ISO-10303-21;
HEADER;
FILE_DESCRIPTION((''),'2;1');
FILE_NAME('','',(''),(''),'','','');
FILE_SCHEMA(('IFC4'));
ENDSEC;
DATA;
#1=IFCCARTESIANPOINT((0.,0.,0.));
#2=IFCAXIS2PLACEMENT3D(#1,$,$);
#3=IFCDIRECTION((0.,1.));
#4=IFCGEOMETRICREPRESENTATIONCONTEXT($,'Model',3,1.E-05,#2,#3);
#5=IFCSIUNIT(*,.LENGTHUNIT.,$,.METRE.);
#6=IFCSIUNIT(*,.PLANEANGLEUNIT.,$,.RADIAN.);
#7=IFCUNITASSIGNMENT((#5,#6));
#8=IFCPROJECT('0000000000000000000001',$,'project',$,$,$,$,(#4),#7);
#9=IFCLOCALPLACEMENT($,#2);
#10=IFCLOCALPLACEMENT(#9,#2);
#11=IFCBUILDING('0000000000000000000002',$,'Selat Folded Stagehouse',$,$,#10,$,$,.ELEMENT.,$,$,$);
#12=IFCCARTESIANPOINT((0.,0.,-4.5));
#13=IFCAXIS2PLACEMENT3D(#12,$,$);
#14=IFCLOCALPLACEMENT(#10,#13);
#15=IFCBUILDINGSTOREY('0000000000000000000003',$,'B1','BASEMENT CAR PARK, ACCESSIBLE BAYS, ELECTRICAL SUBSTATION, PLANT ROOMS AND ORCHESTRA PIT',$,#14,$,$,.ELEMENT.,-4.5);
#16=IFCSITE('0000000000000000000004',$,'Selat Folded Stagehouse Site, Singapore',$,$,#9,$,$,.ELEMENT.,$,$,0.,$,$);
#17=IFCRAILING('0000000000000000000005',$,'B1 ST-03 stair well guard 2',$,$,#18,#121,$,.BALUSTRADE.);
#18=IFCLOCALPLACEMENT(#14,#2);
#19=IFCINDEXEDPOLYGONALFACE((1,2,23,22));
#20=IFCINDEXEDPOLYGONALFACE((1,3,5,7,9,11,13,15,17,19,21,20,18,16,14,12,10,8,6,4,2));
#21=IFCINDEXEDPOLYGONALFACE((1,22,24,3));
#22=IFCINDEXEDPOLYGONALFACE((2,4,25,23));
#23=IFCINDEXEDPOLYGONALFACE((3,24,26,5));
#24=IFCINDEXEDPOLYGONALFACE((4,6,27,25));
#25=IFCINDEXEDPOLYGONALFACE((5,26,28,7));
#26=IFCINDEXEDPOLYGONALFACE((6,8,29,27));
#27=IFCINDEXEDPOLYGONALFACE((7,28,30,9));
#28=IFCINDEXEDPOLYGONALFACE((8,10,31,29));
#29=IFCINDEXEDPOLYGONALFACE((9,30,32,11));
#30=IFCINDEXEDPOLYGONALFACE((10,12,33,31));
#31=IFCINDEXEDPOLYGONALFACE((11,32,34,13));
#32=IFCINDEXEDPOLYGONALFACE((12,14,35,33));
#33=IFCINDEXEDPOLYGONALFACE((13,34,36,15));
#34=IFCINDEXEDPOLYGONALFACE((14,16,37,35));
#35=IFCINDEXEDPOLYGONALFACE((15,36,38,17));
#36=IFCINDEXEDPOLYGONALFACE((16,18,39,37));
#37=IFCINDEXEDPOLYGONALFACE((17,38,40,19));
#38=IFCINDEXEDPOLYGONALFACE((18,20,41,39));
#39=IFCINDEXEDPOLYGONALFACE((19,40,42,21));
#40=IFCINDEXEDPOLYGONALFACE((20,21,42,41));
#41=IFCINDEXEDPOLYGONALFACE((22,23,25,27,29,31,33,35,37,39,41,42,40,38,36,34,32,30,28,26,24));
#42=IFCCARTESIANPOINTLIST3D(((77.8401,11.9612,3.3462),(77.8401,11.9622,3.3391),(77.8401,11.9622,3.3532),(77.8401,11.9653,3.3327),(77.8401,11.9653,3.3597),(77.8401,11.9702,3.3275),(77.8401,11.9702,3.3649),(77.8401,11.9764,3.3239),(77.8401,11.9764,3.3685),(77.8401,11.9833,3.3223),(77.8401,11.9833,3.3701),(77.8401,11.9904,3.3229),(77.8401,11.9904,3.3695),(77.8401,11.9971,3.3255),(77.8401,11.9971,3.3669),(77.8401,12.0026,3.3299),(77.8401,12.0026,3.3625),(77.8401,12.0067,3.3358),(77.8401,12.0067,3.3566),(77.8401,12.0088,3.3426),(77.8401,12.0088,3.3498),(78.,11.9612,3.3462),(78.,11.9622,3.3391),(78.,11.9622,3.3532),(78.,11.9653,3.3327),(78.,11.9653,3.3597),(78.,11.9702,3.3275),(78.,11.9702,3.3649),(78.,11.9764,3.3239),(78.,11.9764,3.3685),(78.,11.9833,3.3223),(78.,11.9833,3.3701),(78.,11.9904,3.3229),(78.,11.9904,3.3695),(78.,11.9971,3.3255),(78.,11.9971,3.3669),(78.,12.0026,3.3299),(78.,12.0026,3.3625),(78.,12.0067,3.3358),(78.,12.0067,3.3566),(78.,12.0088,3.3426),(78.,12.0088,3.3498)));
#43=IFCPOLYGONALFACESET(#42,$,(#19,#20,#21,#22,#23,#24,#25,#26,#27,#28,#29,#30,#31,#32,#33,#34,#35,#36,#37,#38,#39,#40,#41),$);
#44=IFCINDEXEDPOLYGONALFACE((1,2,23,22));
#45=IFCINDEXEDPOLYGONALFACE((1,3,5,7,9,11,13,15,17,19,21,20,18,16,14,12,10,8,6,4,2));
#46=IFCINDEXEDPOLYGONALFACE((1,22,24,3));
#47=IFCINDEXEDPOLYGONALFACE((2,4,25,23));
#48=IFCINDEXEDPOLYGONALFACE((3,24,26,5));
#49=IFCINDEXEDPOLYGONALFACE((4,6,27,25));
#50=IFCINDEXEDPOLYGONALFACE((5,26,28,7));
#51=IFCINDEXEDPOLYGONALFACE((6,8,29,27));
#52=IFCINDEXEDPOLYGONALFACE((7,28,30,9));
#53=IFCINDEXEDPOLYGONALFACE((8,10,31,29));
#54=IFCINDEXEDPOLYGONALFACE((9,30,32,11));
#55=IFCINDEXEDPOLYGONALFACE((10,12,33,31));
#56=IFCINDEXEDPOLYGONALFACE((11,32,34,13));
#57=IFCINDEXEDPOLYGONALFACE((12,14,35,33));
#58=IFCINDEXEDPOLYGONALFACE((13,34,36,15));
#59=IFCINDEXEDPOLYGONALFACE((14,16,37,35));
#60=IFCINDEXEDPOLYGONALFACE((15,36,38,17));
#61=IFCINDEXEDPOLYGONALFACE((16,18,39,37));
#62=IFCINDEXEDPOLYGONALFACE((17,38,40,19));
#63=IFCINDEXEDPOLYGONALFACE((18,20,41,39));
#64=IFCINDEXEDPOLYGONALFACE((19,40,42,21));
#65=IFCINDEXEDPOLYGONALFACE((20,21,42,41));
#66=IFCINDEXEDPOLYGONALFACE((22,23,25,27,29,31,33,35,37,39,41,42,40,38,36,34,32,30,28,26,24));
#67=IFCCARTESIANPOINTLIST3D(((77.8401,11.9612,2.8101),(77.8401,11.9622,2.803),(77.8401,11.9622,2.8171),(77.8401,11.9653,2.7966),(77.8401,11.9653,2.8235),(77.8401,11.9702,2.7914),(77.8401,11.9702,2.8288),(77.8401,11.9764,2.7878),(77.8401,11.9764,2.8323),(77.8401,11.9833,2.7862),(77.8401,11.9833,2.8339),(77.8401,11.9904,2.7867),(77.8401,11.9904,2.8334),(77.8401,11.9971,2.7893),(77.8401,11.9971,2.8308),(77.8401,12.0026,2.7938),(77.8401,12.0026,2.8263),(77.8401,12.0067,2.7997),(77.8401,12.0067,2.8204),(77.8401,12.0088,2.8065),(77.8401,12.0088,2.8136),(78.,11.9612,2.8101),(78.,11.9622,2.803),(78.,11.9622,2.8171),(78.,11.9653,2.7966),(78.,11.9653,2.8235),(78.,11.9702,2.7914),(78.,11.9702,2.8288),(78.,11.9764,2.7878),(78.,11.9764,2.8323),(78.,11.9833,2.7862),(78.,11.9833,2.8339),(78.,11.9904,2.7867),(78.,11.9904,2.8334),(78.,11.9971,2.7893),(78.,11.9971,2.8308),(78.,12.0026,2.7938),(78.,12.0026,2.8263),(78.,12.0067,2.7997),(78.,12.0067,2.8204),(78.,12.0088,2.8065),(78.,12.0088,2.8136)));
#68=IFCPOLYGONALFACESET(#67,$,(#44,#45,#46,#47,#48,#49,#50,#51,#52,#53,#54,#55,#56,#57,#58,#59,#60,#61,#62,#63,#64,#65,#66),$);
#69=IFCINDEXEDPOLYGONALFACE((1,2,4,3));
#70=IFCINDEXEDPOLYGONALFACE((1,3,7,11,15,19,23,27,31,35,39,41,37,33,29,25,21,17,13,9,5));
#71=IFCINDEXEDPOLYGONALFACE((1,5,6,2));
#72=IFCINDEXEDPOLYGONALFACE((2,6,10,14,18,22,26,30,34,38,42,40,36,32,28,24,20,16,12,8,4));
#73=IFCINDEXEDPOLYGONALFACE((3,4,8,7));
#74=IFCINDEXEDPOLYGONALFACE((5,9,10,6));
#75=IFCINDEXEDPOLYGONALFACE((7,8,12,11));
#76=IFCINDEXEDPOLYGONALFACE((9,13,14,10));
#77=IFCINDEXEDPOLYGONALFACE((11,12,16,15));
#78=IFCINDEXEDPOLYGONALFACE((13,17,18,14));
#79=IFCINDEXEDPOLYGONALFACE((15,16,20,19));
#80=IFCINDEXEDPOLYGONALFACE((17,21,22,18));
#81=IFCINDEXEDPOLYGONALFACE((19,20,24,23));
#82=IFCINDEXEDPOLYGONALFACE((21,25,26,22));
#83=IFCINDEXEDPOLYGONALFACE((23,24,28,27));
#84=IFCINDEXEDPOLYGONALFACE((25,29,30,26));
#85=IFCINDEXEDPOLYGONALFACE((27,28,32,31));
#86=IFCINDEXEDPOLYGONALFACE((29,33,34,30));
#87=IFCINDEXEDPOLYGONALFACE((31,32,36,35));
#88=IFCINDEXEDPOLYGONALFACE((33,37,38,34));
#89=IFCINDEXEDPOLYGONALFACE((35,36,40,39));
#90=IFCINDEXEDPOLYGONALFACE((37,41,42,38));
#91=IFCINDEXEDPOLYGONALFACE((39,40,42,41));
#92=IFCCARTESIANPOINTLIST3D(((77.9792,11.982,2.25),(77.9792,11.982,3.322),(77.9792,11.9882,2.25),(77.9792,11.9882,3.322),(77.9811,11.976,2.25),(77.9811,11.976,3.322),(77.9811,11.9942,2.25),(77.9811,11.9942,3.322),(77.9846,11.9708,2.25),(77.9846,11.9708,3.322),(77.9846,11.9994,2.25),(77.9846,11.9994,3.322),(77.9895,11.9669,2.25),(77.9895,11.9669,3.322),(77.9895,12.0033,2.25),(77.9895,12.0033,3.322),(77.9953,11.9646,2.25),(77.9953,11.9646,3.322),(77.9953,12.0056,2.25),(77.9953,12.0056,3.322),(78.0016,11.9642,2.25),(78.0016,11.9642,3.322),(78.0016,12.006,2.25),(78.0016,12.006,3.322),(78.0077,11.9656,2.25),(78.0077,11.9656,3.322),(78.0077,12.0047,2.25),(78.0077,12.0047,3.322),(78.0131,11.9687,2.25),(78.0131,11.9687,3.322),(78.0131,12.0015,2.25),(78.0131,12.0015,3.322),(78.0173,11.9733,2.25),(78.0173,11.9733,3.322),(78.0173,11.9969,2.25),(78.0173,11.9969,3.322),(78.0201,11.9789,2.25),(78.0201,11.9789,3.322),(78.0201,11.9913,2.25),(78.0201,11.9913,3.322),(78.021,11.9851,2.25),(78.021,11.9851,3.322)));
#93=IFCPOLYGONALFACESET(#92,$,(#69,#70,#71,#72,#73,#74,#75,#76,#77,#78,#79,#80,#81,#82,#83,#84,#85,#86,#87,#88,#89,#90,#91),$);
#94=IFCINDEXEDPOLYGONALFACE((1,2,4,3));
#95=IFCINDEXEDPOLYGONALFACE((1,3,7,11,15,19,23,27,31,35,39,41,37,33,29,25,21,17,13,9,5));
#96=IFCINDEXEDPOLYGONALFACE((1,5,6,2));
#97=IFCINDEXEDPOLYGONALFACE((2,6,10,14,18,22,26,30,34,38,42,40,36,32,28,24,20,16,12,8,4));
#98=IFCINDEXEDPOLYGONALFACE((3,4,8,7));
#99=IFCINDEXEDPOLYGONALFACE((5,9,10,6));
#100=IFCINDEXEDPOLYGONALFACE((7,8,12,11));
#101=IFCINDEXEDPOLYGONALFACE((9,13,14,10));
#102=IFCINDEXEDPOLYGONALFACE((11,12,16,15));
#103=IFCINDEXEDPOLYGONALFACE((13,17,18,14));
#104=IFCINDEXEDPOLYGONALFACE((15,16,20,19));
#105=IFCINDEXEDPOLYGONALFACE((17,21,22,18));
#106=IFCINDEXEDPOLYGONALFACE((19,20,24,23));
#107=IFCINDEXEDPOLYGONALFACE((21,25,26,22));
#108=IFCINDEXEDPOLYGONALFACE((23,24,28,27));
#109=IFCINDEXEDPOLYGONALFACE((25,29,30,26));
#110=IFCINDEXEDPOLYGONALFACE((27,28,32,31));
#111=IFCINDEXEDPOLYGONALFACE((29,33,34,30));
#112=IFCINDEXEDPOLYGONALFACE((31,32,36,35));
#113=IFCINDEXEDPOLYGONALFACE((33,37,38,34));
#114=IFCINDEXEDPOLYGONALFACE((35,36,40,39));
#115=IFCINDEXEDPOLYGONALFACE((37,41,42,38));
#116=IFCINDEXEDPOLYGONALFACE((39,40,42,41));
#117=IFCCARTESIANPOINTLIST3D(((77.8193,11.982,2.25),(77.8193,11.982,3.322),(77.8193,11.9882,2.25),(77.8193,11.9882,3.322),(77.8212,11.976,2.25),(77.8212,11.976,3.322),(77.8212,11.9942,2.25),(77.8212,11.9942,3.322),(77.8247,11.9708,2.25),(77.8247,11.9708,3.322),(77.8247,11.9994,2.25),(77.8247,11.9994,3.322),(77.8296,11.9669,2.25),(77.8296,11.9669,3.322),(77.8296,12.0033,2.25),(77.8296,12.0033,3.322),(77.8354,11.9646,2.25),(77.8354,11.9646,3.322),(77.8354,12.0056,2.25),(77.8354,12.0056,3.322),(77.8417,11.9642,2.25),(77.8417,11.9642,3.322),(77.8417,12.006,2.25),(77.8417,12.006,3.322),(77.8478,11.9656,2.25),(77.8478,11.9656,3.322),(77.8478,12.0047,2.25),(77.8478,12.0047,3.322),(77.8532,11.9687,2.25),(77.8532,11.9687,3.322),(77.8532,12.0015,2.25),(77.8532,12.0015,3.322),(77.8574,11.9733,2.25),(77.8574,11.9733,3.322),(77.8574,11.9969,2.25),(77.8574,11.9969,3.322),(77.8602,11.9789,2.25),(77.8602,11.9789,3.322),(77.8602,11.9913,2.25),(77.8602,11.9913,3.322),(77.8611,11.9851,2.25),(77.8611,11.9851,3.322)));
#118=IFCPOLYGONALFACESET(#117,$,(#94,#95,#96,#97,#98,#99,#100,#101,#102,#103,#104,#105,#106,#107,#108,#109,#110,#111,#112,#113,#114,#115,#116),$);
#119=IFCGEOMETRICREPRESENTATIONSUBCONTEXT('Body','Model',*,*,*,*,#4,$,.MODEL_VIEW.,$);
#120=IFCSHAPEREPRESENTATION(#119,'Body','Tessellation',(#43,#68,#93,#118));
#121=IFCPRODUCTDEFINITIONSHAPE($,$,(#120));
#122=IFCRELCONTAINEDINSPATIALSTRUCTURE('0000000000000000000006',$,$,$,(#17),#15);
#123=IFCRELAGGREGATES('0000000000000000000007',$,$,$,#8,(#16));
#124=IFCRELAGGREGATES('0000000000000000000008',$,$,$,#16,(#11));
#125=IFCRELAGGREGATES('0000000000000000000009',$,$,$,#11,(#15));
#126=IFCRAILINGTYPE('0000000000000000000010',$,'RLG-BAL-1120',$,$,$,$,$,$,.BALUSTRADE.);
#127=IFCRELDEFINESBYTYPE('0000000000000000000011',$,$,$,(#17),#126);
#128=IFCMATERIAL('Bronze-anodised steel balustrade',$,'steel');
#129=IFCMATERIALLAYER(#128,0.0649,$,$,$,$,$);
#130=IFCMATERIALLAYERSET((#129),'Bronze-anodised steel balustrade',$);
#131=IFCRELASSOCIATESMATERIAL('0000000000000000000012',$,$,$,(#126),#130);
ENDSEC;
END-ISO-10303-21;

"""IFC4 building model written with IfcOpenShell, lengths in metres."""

from ifc_helpers import new_model, si_unit, direction, frame, origin, origin_2d, place, context, subcontext, project, spatial, circle, extrude, material, layer, layer_set, type_object, element, save


model = new_model("IFC4")

# Units and contexts
model_context = context("Model", 3, precision=1e-05, world=origin(), true_north=direction((0.0, 1.0)))
body_context = subcontext(model_context, "Body", "Model", "MODEL_VIEW")
ifc_project = project(units=[si_unit("LENGTHUNIT", "METRE"), si_unit("PLANEANGLEUNIT", "RADIAN")], contexts=[model_context])

# Site, building, storey
site_placement = place(None, origin())
site = spatial("IfcSite", under=ifc_project, at=site_placement, Name="Selat Folded Stagehouse Site, Singapore", CompositionType="ELEMENT", RefElevation=0.0)
building_placement = place(site_placement, origin())
building = spatial("IfcBuilding", under=site, at=building_placement, Name="Selat Folded Stagehouse", CompositionType="ELEMENT")
storey_placement = place(building_placement, frame((0.0, 0.0, -4.5)))
storey = spatial("IfcBuildingStorey", under=building, at=storey_placement, Name="B1", Description="BASEMENT CAR PARK, ACCESSIBLE BAYS, ELECTRICAL SUBSTATION, PLANT ROOMS AND ORCHESTRA PIT", CompositionType="ELEMENT", Elevation=-4.5)

# Railing
ifc_material_1 = material(Name="Bronze-anodised steel balustrade", Category="steel")
ifc_layer_1 = layer(ifc_material_1, 0.0649)
ifc_layer_set_1 = layer_set([ifc_layer_1], Name="Bronze-anodised steel balustrade")
railing_type_1 = type_object("IfcRailingType", Name="RLG-BAL-1120", PredefinedType="BALUSTRADE", material=ifc_layer_set_1)
railing_1_placement = place(storey_placement, frame((78.0, 11.9851, 2.25)))
element("IfcRailing", 1, at=railing_1_placement, inside=storey, type_object=railing_type_1, Name="B1 ST-03 stair well guard 2", PredefinedType="BALUSTRADE", context=body_context, shape_type="SweptSolid", body=[
    extrude(circle(Radius=0.0239, at=origin_2d()), frame((0.0, 0.0, 1.0962), z_axis=(-1.0, 0.0, 0.0), x_axis=(0.0, -1.0, 0.0)), (0.0, 0.0, 1.0), 0.1599),
    extrude(circle(Radius=0.0239, at=origin_2d()), frame((0.0, 0.0, 0.5601), z_axis=(-1.0, 0.0, 0.0), x_axis=(0.0, -1.0, 0.0)), (0.0, 0.0, 1.0), 0.1599),
    extrude(circle(Radius=0.021, at=origin_2d()), origin(), (0.0, 0.0, 1.0), 1.072),
    extrude(circle(Radius=0.021, at=origin_2d()), frame((-0.1599, 0.0, 0.0)), (0.0, 0.0, 1.0), 1.072),
])

save(model, "model.ifc")
